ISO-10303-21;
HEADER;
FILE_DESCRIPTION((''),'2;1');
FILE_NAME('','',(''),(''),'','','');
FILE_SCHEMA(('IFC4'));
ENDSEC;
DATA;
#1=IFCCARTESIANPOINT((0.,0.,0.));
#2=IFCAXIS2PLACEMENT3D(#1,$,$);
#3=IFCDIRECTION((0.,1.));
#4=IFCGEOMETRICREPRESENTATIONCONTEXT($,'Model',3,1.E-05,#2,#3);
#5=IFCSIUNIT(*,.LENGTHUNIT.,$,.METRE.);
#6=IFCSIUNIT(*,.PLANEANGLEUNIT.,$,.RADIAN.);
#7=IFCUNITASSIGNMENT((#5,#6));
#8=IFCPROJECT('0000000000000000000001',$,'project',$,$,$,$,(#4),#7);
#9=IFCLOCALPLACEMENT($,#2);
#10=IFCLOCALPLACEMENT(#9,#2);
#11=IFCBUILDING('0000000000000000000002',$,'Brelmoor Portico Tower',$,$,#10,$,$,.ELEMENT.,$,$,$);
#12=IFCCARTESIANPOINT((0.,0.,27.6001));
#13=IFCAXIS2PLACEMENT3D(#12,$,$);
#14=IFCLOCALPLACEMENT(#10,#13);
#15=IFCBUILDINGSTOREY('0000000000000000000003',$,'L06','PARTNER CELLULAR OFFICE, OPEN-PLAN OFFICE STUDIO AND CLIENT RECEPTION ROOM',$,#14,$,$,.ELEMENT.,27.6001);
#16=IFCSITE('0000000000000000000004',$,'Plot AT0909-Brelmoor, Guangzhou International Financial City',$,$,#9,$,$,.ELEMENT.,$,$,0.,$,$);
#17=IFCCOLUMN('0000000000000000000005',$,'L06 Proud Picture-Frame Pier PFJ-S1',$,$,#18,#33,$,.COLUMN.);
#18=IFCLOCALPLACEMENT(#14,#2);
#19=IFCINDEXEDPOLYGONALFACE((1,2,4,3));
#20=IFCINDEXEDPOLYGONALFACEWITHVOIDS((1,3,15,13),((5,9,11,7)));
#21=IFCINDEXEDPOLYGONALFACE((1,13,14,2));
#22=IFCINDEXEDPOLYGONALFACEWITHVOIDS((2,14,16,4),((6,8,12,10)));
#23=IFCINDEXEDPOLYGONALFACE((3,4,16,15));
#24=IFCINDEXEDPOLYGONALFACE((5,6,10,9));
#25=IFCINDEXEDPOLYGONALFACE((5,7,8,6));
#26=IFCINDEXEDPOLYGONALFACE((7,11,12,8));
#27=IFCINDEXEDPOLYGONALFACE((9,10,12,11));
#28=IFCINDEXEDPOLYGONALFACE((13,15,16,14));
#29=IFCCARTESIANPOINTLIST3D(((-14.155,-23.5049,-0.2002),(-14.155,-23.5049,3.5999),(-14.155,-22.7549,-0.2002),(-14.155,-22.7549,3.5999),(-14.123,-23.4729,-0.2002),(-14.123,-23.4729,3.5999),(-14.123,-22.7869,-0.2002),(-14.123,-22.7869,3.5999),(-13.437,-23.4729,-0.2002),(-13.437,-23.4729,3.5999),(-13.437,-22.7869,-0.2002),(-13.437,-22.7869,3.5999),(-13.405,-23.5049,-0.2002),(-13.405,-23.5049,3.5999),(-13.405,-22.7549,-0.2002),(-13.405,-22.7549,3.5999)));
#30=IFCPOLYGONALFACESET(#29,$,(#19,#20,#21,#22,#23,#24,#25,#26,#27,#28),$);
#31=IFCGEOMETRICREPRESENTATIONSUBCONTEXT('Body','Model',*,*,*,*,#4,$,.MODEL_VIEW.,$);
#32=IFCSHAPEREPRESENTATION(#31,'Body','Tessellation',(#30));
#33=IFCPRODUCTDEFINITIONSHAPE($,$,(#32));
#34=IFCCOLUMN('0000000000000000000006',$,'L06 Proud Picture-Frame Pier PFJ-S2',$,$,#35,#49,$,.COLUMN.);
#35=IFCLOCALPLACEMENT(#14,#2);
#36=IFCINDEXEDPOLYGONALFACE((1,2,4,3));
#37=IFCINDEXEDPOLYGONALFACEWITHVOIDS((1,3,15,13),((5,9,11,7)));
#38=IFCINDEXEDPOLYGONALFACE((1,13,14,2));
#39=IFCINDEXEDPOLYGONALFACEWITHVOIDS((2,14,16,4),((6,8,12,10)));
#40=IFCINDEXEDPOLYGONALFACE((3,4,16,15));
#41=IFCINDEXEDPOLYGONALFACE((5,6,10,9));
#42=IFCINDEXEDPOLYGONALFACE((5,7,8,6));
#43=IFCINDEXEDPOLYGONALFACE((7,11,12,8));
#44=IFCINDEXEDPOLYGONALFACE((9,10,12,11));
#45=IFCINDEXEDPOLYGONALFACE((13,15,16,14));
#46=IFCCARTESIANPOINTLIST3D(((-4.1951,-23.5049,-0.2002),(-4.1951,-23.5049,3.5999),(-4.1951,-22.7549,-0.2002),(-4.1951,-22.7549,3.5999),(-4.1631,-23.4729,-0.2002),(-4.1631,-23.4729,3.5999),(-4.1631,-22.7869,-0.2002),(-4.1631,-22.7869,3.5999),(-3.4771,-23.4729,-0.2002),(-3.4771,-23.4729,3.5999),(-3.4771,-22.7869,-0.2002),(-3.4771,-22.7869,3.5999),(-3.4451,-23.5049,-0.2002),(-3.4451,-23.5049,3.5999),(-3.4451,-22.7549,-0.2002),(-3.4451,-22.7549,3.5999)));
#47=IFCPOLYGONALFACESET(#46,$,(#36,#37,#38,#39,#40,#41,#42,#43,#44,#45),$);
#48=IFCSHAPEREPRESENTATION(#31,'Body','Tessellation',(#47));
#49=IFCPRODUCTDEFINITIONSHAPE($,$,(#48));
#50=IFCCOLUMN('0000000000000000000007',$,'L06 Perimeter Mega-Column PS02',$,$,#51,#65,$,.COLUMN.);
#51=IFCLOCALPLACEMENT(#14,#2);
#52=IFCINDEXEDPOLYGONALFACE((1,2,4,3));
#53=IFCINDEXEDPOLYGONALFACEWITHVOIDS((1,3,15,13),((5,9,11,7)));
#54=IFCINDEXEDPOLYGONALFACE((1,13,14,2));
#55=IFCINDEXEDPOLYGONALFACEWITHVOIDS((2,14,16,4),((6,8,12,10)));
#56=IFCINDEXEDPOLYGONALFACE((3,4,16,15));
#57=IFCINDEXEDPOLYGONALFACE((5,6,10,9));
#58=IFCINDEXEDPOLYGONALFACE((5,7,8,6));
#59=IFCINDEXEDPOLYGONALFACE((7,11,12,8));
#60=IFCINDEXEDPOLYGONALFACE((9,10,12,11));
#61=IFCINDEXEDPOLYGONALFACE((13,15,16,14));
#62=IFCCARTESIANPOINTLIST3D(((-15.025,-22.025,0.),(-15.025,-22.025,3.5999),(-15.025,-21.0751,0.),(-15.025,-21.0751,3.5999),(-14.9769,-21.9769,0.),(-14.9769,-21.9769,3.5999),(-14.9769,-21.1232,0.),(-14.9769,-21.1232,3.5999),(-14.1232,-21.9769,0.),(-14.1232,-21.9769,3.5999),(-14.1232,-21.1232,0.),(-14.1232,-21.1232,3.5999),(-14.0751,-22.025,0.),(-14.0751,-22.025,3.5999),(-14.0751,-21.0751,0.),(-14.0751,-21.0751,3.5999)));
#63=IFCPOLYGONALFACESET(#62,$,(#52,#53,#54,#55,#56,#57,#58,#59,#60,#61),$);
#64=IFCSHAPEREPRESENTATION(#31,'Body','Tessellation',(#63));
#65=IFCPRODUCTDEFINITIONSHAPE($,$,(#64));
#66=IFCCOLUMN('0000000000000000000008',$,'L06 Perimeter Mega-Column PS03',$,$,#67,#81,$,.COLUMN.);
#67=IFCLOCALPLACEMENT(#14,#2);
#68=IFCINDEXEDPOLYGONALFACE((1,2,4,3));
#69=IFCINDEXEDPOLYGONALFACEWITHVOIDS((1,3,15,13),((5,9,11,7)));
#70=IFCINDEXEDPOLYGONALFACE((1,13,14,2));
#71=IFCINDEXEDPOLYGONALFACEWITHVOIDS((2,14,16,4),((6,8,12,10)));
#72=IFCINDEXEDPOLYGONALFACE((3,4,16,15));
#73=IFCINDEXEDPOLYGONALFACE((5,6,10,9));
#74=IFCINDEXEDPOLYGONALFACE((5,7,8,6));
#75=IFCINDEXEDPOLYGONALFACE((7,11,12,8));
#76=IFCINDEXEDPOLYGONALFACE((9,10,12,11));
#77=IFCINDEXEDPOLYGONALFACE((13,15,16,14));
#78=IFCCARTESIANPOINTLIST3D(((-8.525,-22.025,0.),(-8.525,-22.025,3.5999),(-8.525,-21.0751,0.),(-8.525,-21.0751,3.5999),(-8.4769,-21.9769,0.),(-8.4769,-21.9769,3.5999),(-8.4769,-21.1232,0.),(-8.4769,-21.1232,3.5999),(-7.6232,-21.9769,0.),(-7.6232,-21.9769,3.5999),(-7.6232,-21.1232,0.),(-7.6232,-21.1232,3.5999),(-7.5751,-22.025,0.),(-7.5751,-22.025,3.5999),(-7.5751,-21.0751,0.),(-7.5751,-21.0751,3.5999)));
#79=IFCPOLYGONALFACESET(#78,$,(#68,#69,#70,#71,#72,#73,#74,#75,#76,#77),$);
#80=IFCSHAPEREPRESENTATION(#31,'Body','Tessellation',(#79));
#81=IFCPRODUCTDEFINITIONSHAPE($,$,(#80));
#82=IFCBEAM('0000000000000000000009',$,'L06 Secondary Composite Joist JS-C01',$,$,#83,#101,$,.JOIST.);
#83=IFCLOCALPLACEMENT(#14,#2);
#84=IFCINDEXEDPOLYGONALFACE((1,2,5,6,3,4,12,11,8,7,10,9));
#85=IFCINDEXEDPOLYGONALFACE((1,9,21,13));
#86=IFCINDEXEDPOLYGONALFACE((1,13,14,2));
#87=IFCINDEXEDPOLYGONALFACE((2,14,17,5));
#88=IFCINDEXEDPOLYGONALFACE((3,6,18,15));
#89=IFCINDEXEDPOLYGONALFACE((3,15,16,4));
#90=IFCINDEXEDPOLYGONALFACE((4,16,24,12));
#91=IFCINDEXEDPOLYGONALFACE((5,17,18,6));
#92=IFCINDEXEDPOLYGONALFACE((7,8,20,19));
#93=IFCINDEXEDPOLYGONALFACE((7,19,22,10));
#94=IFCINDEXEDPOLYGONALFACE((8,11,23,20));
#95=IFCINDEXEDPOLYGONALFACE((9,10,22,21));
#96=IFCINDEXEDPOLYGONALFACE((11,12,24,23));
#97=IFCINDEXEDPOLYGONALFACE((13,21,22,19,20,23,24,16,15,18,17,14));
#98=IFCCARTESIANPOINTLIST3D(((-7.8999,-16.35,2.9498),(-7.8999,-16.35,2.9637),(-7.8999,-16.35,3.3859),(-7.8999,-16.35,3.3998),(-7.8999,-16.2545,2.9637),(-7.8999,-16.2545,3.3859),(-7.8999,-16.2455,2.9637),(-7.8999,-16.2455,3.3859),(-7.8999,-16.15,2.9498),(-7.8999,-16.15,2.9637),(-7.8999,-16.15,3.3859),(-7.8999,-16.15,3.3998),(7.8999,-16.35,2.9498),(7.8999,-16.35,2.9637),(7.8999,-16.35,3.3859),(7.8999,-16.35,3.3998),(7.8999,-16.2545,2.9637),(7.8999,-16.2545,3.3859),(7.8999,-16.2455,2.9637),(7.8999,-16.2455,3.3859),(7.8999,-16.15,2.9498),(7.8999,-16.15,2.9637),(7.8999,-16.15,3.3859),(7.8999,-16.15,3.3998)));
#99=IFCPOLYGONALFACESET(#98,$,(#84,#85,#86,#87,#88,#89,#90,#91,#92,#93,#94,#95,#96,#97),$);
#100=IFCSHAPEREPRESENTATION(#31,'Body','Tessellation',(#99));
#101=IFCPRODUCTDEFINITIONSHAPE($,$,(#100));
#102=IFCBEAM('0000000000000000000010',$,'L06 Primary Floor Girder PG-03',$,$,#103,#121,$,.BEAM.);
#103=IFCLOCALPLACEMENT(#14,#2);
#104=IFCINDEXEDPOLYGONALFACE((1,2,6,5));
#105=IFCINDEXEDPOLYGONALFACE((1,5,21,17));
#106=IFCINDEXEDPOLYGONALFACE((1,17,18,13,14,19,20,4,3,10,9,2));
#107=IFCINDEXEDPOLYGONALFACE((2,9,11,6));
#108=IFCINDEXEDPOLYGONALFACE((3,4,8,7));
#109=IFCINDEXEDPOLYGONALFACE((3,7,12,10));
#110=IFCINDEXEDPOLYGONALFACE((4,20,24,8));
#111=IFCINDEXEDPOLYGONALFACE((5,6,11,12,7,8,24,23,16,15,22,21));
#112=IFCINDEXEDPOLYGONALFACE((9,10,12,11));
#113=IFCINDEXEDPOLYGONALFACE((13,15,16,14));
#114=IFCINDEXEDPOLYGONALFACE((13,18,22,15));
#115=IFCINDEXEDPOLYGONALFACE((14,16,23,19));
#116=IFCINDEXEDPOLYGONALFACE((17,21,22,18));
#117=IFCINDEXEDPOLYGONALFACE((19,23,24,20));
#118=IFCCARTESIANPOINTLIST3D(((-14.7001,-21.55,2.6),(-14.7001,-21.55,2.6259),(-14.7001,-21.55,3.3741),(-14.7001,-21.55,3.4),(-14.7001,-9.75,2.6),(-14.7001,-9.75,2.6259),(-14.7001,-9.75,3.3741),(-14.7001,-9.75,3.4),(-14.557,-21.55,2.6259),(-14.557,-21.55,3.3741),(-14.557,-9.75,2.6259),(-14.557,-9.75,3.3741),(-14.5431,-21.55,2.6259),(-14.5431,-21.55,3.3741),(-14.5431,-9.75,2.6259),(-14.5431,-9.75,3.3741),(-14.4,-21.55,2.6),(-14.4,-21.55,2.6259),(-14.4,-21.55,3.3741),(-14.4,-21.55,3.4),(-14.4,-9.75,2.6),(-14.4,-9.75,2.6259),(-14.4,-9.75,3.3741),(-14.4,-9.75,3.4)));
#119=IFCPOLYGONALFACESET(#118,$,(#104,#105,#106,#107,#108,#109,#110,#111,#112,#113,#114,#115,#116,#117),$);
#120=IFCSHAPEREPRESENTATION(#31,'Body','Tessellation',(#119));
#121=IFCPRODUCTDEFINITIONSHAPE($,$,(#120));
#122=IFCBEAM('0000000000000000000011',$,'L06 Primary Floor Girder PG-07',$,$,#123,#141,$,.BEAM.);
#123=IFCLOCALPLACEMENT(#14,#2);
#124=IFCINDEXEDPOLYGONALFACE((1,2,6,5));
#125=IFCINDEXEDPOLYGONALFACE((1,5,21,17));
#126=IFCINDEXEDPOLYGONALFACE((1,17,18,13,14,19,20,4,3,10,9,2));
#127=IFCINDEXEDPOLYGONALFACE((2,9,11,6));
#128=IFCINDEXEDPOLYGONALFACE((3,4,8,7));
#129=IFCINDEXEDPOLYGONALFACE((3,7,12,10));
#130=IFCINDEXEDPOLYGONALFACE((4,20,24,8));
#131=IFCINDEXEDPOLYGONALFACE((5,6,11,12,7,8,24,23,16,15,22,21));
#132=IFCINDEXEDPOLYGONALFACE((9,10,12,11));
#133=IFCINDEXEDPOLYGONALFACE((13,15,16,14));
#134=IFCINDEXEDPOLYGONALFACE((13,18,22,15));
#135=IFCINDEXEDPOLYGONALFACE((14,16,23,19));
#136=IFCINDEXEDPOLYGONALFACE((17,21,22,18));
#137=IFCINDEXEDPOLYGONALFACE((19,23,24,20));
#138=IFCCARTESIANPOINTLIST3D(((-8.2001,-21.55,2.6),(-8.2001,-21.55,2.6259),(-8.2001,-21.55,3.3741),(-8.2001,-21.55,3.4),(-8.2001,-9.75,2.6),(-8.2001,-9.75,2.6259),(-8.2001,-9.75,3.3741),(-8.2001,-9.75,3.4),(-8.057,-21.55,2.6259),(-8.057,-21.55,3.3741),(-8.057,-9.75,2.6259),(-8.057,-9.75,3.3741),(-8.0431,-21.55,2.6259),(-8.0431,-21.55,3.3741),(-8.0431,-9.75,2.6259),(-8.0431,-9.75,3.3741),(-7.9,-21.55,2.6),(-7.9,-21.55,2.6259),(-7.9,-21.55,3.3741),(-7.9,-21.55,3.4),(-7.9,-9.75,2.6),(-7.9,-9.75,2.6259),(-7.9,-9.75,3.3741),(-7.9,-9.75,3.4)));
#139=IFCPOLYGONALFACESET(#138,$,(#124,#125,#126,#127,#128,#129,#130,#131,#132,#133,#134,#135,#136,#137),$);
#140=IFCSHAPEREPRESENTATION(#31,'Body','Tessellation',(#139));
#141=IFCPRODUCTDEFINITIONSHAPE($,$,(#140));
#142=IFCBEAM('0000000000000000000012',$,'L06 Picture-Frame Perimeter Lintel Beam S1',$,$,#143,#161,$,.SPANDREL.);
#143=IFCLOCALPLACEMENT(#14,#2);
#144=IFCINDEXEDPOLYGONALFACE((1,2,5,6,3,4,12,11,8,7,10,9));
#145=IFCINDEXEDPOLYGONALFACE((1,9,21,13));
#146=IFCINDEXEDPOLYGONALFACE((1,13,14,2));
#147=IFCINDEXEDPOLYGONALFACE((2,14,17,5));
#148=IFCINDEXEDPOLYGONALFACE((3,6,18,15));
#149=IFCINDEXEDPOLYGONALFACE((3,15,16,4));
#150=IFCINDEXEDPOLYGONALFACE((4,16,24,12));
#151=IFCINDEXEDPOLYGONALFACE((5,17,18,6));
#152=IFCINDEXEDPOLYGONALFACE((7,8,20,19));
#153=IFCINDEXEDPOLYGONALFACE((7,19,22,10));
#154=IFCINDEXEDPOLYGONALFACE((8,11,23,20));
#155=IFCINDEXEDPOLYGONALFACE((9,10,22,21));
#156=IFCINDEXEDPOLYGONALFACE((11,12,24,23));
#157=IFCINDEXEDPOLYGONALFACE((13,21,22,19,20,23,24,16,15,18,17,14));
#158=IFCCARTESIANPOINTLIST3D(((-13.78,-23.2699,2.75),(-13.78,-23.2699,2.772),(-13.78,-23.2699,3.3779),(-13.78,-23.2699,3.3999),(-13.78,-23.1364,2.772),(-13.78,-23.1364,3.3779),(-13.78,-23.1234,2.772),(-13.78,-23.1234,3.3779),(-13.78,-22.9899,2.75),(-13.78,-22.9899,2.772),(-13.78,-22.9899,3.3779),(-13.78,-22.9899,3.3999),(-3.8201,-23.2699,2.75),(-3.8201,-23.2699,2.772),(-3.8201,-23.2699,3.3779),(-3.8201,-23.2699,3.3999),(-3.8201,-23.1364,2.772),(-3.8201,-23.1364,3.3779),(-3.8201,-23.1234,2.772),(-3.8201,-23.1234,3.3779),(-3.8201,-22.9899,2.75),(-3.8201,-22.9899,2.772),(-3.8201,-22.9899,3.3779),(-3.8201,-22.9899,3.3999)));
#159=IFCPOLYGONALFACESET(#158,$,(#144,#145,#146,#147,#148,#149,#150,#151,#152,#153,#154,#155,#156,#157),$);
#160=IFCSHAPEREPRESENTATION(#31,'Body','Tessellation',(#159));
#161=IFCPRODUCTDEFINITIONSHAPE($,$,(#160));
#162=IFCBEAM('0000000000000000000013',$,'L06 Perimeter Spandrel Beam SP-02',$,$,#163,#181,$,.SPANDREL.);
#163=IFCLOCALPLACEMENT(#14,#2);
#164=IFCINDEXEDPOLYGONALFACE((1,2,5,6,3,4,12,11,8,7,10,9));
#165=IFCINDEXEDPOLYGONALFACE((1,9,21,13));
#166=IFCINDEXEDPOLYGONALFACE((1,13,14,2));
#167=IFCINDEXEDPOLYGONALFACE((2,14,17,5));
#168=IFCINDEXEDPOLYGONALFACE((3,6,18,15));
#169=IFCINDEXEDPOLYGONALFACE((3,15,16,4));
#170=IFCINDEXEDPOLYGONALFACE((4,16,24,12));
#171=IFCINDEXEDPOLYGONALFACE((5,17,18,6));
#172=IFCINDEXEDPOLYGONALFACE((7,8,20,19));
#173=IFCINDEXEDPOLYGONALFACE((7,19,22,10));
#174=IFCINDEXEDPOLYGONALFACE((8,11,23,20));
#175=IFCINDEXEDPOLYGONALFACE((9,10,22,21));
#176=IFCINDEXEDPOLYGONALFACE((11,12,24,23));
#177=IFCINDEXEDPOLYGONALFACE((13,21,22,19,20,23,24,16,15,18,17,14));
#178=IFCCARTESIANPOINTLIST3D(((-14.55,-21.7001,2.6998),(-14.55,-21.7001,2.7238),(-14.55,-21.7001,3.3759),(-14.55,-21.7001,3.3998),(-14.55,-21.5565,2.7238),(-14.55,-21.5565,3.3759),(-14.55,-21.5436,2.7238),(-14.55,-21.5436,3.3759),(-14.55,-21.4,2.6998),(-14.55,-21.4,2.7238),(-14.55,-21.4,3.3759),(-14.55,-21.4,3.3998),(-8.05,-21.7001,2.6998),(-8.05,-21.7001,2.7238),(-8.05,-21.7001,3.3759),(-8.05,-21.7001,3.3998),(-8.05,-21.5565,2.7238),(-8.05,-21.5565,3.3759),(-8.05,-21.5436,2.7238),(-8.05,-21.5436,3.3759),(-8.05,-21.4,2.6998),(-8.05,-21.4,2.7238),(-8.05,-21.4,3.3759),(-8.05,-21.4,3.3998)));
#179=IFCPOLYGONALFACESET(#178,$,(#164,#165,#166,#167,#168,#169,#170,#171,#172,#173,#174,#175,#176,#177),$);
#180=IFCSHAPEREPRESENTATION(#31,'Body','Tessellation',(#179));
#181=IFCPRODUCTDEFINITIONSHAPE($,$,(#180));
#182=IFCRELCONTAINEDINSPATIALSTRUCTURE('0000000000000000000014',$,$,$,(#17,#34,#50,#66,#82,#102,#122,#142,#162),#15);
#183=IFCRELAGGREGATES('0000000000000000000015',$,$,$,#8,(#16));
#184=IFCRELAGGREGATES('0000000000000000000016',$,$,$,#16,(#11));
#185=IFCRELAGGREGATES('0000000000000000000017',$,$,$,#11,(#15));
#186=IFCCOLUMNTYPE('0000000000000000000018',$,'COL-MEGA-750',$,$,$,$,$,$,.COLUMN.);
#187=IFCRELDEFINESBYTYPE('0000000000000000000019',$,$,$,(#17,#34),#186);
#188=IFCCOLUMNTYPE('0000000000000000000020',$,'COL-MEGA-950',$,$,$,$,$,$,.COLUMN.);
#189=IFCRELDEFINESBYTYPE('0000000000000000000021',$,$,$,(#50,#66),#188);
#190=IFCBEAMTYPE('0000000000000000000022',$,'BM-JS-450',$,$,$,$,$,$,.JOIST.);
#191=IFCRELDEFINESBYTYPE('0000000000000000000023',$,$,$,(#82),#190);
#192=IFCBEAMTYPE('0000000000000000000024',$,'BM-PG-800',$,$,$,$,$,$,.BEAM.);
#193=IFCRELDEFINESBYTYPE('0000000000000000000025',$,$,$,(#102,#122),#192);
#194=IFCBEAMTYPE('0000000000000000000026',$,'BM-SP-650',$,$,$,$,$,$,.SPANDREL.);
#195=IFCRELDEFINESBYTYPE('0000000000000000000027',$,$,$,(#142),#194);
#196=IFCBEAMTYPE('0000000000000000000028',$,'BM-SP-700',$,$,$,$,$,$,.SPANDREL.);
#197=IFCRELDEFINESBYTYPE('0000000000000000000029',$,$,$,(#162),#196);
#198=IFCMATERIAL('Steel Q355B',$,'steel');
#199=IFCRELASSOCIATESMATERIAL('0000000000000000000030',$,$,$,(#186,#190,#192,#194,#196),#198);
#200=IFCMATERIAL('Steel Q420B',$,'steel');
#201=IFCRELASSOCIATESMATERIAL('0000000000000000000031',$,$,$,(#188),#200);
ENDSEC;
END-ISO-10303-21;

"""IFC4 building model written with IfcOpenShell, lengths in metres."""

from ifc_helpers import new_model, si_unit, direction, frame, origin, origin_2d, place, context, subcontext, project, spatial, hollow_rectangle, i_section, extrude, material, material_profile, profile_set, type_object, element, save


model = new_model("IFC4")

# Units and contexts
model_context = context("Model", 3, precision=1e-05, world=origin(), true_north=direction((0.0, 1.0)))
body_context = subcontext(model_context, "Body", "Model", "MODEL_VIEW")
ifc_project = project(units=[si_unit("LENGTHUNIT", "METRE"), si_unit("PLANEANGLEUNIT", "RADIAN")], contexts=[model_context])

# Site, building, storey
site_placement = place(None, origin())
site = spatial("IfcSite", under=ifc_project, at=site_placement, Name="Plot AT0909-Brelmoor, Guangzhou International Financial City", CompositionType="ELEMENT", RefElevation=0.0)
building_placement = place(site_placement, origin())
building = spatial("IfcBuilding", under=site, at=building_placement, Name="Brelmoor Portico Tower", CompositionType="ELEMENT")
storey_placement = place(building_placement, frame((0.0, 0.0, 27.6001)))
storey = spatial("IfcBuildingStorey", under=building, at=storey_placement, Name="L06", Description="PARTNER CELLULAR OFFICE, OPEN-PLAN OFFICE STUDIO AND CLIENT RECEPTION ROOM", CompositionType="ELEMENT", Elevation=27.6001)

# Columns
ifc_material_1 = material(Name="Steel Q355B", Category="steel")
ifc_material_profile_1 = material_profile(ifc_material_1, hollow_rectangle(XDim=0.75, YDim=0.75, WallThickness=0.032, at=origin_2d()), Name="BOX 750x750x32")
ifc_profile_set_1 = profile_set([ifc_material_profile_1], Name="Steel Q355B")
column_type_1 = type_object("IfcColumnType", Name="COL-MEGA-750", PredefinedType="COLUMN", material=ifc_profile_set_1)
for number, where, z_axis, x_axis, name in (
    (1, (-13.78, -23.1299, -0.2002), (0.0, 0.0, 1.0), (1.0, 0.0, 0.0), "L06 Proud Picture-Frame Pier PFJ-S1"),
    (2, (-3.8201, -23.1299, -0.2002), (0.0, 0.0, 1.0), (1.0, 0.0, 0.0), "L06 Proud Picture-Frame Pier PFJ-S2"),
):
    element("IfcColumn", number, at=place(storey_placement, frame(where, z_axis=z_axis, x_axis=x_axis)), inside=storey, type_object=column_type_1, Name=name, PredefinedType="COLUMN", context=body_context, shape_type="SweptSolid", body=[
        extrude(hollow_rectangle(XDim=0.75, YDim=0.75, WallThickness=0.032, at=origin_2d()), origin(), (0.0, 0.0, 1.0), 3.8),
    ])
ifc_material_2 = material(Name="Steel Q420B", Category="steel")
ifc_material_profile_2 = material_profile(ifc_material_2, hollow_rectangle(XDim=0.95, YDim=0.95, WallThickness=0.0481, at=origin_2d()), Name="BOX 950x950x48")
ifc_profile_set_2 = profile_set([ifc_material_profile_2], Name="Steel Q420B")
column_type_2 = type_object("IfcColumnType", Name="COL-MEGA-950", PredefinedType="COLUMN", material=ifc_profile_set_2)
for number, where, z_axis, x_axis, name in (
    (3, (-14.55, -21.55, 0.0), (0.0, 0.0, 1.0), (1.0, 0.0, 0.0), "L06 Perimeter Mega-Column PS02"),
    (4, (-8.05, -21.55, 0.0), (0.0, 0.0, 1.0), (1.0, 0.0, 0.0), "L06 Perimeter Mega-Column PS03"),
):
    element("IfcColumn", number, at=place(storey_placement, frame(where, z_axis=z_axis, x_axis=x_axis)), inside=storey, type_object=column_type_2, Name=name, PredefinedType="COLUMN", context=body_context, shape_type="SweptSolid", body=[
        extrude(hollow_rectangle(XDim=0.95, YDim=0.95, WallThickness=0.0481, at=origin_2d()), origin(), (0.0, 0.0, 1.0), 3.5999),
    ])

# Beams
ifc_material_profile_3 = material_profile(ifc_material_1, i_section(OverallWidth=0.2, OverallDepth=0.45, WebThickness=0.009, FlangeThickness=0.0139, at=origin_2d()), Name="HN 450x200x9x14")
ifc_profile_set_3 = profile_set([ifc_material_profile_3], Name="Steel Q355B")
beam_type_1 = type_object("IfcBeamType", Name="BM-JS-450", PredefinedType="JOIST", material=ifc_profile_set_3)
beam_1_placement = place(storey_placement, frame((-7.8999, -16.25, 3.1748), z_axis=(1.0, 0.0, 0.0), x_axis=(0.0, 1.0, 0.0)))
element("IfcBeam", 5, at=beam_1_placement, inside=storey, type_object=beam_type_1, Name="L06 Secondary Composite Joist JS-C01", PredefinedType="JOIST", context=body_context, shape_type="SweptSolid", body=[
    extrude(i_section(OverallWidth=0.2, OverallDepth=0.45, WebThickness=0.009, FlangeThickness=0.0139, at=origin_2d()), origin(), (0.0, 0.0, 1.0), 15.7998),
])
ifc_material_profile_4 = material_profile(ifc_material_1, i_section(OverallWidth=0.3, OverallDepth=0.8, WebThickness=0.0139, FlangeThickness=0.0259, at=origin_2d()), Name="HN 800x300x14x26")
ifc_profile_set_4 = profile_set([ifc_material_profile_4], Name="Steel Q355B")
beam_type_2 = type_object("IfcBeamType", Name="BM-PG-800", PredefinedType="BEAM", material=ifc_profile_set_4)
for number, where, z_axis, x_axis, name in (
    (6, (-14.55, -21.55, 3.0), (0.0, 1.0, 0.0), (-1.0, 0.0, 0.0), "L06 Primary Floor Girder PG-03"),
    (7, (-8.05, -21.55, 3.0), (0.0, 1.0, 0.0), (-1.0, 0.0, 0.0), "L06 Primary Floor Girder PG-07"),
):
    element("IfcBeam", number, at=place(storey_placement, frame(where, z_axis=z_axis, x_axis=x_axis)), inside=storey, type_object=beam_type_2, Name=name, PredefinedType="BEAM", context=body_context, shape_type="SweptSolid", body=[
        extrude(i_section(OverallWidth=0.3, OverallDepth=0.8, WebThickness=0.0139, FlangeThickness=0.0259, at=origin_2d()), origin(), (0.0, 0.0, 1.0), 11.8),
    ])
ifc_material_profile_5 = material_profile(ifc_material_1, i_section(OverallWidth=0.28, OverallDepth=0.6499, WebThickness=0.0129, FlangeThickness=0.022, at=origin_2d()), Name="HN 650x280x13x22")
ifc_profile_set_5 = profile_set([ifc_material_profile_5], Name="Steel Q355B")
beam_type_3 = type_object("IfcBeamType", Name="BM-SP-650", PredefinedType="SPANDREL", material=ifc_profile_set_5)
beam_2_placement = place(storey_placement, frame((-13.78, -23.1299, 3.075), z_axis=(1.0, 0.0, 0.0), x_axis=(0.0, 1.0, 0.0)))
element("IfcBeam", 8, at=beam_2_placement, inside=storey, type_object=beam_type_3, Name="L06 Picture-Frame Perimeter Lintel Beam S1", PredefinedType="SPANDREL", context=body_context, shape_type="SweptSolid", body=[
    extrude(i_section(OverallWidth=0.28, OverallDepth=0.6499, WebThickness=0.0129, FlangeThickness=0.022, at=origin_2d()), origin(), (0.0, 0.0, 1.0), 9.96),
])
ifc_material_profile_6 = material_profile(ifc_material_1, i_section(OverallWidth=0.3, OverallDepth=0.7, WebThickness=0.0129, FlangeThickness=0.0239, at=origin_2d()), Name="HN 700x300x13x24")
ifc_profile_set_6 = profile_set([ifc_material_profile_6], Name="Steel Q355B")
beam_type_4 = type_object("IfcBeamType", Name="BM-SP-700", PredefinedType="SPANDREL", material=ifc_profile_set_6)
beam_3_placement = place(storey_placement, frame((-14.55, -21.55, 3.0498), z_axis=(1.0, 0.0, 0.0), x_axis=(0.0, 1.0, 0.0)))
element("IfcBeam", 9, at=beam_3_placement, inside=storey, type_object=beam_type_4, Name="L06 Perimeter Spandrel Beam SP-02", PredefinedType="SPANDREL", context=body_context, shape_type="SweptSolid", body=[
    extrude(i_section(OverallWidth=0.3, OverallDepth=0.7, WebThickness=0.0129, FlangeThickness=0.0239, at=origin_2d()), origin(), (0.0, 0.0, 1.0), 6.5),
])

save(model, "model.ifc")
